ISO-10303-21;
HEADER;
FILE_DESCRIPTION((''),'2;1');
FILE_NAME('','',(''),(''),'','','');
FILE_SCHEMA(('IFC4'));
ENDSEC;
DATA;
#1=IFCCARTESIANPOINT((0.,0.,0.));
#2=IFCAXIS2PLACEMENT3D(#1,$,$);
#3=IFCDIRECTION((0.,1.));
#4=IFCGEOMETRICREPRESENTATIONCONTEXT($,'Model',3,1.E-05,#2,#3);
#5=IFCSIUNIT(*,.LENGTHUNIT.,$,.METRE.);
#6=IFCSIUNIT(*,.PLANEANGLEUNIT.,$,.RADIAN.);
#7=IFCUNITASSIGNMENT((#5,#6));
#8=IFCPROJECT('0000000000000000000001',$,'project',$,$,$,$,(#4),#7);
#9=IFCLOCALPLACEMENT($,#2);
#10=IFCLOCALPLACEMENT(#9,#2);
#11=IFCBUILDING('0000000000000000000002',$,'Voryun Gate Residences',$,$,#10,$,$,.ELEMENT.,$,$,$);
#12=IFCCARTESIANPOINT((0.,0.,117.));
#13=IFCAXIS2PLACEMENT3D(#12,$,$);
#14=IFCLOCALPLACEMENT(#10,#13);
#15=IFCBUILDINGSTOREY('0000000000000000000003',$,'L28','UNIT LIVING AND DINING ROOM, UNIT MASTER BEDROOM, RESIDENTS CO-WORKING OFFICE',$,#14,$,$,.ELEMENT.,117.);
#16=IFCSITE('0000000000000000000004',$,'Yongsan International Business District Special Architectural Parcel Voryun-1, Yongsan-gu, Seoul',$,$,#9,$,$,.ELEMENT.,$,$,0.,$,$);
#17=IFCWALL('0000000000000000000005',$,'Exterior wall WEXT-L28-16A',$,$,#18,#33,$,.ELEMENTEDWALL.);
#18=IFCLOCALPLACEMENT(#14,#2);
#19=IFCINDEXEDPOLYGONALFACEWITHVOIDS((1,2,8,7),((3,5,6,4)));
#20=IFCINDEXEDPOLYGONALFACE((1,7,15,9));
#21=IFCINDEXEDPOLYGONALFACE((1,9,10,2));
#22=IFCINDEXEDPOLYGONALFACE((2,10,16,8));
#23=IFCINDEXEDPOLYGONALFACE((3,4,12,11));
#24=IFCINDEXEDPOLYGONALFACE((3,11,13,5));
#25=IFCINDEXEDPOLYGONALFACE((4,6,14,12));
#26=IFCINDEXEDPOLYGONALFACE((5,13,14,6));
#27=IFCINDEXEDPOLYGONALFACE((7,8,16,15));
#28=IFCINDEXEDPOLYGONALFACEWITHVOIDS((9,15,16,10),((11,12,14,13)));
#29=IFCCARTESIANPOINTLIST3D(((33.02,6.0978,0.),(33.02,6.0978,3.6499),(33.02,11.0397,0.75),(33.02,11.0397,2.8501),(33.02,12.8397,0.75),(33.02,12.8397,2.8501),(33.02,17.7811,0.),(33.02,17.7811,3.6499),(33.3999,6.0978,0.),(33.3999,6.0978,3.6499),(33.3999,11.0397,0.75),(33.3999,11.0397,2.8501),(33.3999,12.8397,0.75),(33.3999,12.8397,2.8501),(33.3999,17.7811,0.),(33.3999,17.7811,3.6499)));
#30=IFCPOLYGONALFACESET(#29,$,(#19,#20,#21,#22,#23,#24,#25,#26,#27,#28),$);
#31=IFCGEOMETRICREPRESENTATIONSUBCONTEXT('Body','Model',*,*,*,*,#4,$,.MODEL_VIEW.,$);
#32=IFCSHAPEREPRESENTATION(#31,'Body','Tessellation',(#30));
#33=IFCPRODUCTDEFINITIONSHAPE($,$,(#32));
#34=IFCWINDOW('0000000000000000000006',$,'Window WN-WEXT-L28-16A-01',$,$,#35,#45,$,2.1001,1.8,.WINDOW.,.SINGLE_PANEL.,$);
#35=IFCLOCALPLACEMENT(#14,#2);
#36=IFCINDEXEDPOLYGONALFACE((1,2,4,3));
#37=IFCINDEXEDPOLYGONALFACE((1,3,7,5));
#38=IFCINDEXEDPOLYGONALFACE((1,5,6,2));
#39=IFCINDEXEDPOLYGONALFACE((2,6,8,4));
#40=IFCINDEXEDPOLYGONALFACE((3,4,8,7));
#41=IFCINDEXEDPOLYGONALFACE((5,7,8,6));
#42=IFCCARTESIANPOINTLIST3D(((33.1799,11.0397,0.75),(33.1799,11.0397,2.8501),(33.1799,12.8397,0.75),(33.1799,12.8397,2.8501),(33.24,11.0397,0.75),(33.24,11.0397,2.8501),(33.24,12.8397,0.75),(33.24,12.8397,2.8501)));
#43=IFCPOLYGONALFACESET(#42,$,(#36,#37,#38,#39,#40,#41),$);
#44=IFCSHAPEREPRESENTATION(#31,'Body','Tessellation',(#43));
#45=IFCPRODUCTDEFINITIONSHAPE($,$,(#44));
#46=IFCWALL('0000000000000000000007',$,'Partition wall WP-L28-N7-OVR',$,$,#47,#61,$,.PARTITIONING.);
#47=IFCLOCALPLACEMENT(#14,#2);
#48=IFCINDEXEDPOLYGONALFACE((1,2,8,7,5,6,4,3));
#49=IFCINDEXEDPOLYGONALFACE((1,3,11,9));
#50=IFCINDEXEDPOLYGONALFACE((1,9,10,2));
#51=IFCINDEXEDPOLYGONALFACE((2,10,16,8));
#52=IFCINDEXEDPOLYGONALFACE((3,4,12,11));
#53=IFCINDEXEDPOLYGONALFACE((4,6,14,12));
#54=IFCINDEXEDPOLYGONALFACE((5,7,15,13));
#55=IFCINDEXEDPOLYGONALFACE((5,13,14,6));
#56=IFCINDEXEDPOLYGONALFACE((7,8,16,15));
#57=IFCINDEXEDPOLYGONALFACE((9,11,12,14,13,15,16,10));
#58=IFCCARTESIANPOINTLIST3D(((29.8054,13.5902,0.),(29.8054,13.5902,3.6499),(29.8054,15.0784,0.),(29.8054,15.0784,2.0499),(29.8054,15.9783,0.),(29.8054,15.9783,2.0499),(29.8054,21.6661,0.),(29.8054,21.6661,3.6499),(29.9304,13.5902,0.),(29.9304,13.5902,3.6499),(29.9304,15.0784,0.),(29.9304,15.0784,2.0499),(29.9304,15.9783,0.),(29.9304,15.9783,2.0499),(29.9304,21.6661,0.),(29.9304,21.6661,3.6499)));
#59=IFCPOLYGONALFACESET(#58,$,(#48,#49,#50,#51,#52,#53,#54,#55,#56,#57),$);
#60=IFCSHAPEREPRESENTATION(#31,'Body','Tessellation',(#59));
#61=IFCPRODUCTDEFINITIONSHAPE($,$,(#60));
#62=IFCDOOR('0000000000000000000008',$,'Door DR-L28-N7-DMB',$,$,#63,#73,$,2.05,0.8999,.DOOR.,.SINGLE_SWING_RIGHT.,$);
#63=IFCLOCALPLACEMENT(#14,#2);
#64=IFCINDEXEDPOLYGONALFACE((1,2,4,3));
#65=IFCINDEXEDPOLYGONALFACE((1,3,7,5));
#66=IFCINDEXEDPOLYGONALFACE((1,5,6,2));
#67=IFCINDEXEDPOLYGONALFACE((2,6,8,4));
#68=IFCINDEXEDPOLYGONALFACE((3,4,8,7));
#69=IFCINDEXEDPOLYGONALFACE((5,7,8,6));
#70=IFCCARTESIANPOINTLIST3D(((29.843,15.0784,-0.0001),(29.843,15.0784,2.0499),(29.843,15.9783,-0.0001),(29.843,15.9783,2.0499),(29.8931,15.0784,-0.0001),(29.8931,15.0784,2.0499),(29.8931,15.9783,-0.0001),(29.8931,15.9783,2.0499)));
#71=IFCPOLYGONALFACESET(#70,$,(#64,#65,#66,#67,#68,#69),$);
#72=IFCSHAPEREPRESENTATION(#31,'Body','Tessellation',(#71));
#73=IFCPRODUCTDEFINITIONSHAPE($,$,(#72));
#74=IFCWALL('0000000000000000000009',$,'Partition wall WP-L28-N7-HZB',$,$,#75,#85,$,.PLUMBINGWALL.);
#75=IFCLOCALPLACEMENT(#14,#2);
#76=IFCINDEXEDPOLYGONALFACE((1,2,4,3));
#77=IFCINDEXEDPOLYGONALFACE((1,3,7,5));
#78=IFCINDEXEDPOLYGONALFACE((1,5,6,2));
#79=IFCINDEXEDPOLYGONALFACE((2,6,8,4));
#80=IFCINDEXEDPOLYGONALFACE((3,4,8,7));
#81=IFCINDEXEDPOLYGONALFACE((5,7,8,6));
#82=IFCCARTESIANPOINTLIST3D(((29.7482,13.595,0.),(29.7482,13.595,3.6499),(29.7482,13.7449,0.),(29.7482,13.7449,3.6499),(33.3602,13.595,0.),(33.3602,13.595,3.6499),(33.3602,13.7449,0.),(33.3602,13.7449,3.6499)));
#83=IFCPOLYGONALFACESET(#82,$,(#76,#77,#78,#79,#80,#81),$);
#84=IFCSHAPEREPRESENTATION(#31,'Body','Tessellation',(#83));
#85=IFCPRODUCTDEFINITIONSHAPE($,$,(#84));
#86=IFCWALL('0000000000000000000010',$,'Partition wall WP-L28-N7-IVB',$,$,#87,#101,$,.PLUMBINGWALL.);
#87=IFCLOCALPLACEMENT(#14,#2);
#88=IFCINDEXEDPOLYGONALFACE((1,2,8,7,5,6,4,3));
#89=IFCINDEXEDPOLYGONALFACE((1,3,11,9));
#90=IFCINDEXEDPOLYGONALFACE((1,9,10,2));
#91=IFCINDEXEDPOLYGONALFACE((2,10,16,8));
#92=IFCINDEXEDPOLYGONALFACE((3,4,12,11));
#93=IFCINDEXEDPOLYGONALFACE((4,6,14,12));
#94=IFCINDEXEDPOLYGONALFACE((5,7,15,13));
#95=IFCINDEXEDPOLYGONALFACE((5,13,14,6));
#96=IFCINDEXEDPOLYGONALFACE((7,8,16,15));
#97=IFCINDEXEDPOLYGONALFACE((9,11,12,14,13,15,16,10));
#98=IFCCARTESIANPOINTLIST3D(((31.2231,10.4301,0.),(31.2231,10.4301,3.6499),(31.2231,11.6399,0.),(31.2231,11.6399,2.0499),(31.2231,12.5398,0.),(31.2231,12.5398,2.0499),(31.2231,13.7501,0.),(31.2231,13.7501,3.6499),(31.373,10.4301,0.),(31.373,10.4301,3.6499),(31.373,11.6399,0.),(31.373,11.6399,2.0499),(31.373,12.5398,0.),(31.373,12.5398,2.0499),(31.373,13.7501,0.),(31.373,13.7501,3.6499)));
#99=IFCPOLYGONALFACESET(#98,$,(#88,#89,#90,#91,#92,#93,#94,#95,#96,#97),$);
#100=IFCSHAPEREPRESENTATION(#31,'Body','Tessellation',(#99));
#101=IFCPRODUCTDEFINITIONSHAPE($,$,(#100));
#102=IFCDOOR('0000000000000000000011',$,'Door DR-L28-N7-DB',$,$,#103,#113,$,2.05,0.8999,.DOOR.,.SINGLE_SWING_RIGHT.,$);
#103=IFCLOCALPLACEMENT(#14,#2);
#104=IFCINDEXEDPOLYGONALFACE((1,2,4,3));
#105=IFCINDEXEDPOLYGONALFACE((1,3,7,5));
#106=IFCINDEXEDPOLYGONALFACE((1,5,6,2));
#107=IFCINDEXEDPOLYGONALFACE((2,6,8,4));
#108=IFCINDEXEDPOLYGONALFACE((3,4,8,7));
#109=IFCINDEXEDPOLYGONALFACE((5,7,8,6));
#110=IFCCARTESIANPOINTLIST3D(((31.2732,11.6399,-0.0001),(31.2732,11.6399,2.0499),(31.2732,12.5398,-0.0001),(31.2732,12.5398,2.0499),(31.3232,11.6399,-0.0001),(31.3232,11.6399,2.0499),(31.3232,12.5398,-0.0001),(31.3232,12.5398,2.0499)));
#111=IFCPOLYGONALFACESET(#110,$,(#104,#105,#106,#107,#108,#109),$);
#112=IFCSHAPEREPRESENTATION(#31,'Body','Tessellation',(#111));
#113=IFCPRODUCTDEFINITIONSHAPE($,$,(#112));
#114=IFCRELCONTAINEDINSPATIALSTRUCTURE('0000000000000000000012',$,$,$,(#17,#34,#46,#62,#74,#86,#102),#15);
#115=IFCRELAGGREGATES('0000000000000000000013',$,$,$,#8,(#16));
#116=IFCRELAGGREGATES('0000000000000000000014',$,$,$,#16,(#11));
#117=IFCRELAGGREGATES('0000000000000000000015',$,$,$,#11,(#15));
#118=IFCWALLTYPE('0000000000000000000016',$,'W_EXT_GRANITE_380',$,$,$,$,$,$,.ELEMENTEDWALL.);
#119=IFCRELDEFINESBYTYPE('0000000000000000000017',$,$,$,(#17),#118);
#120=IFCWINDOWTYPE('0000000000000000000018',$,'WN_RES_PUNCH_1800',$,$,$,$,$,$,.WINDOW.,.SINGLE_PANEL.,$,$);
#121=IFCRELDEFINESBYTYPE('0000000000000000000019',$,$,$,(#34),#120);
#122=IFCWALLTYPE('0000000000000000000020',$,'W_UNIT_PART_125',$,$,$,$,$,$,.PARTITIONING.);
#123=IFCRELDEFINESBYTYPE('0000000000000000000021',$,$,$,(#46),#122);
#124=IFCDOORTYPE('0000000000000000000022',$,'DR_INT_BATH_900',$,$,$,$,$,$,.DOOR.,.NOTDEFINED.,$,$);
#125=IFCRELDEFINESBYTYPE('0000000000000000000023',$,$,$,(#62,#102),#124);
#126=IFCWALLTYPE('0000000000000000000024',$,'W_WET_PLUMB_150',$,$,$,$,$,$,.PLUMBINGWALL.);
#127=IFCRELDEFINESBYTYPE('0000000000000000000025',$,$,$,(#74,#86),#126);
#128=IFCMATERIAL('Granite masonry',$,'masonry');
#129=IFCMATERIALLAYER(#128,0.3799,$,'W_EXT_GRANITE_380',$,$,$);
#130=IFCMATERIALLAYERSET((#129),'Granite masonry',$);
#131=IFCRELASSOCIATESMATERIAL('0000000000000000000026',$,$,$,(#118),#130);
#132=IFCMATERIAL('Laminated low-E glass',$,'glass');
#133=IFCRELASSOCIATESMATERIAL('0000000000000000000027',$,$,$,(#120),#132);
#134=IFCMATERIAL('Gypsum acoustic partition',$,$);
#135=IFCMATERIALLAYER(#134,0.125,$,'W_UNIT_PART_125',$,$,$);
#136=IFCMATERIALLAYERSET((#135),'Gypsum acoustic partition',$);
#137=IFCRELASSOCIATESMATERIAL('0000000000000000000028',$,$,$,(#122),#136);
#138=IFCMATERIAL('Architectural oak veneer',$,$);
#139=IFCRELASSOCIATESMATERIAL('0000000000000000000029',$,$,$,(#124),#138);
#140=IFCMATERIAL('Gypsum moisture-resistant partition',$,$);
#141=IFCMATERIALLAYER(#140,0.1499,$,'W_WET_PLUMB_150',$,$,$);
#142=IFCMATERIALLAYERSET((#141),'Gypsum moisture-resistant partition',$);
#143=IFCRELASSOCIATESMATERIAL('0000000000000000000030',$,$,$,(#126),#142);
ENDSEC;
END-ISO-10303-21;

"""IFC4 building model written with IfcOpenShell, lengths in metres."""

from ifc_helpers import new_model, si_unit, direction, frame, frame_2d, origin, place, context, subcontext, project, spatial, rectangle, extrude, material, layer, layer_set, type_object, element, fill, save


model = new_model("IFC4")

# Units and contexts
model_context = context("Model", 3, precision=1e-05, world=origin(), true_north=direction((0.0, 1.0)))
body_context = subcontext(model_context, "Body", "Model", "MODEL_VIEW")
ifc_project = project(units=[si_unit("LENGTHUNIT", "METRE"), si_unit("PLANEANGLEUNIT", "RADIAN")], contexts=[model_context])

# Site, building, storey
site_placement = place(None, origin())
site = spatial("IfcSite", under=ifc_project, at=site_placement, Name="Yongsan International Business District Special Architectural Parcel Voryun-1, Yongsan-gu, Seoul", CompositionType="ELEMENT", RefElevation=0.0)
building_placement = place(site_placement, origin())
building = spatial("IfcBuilding", under=site, at=building_placement, Name="Voryun Gate Residences", CompositionType="ELEMENT")
storey_placement = place(building_placement, frame((0.0, 0.0, 117.0)))
storey = spatial("IfcBuildingStorey", under=building, at=storey_placement, Name="L28", Description="UNIT LIVING AND DINING ROOM, UNIT MASTER BEDROOM, RESIDENTS CO-WORKING OFFICE", CompositionType="ELEMENT", Elevation=117.0)

# Shared definitions
ifc_material_1 = material(Name="Granite masonry", Category="masonry")
ifc_layer_1 = layer(ifc_material_1, 0.3799, Name="W_EXT_GRANITE_380")
ifc_layer_set_1 = layer_set([ifc_layer_1], Name="Granite masonry")
wall_type_1 = type_object("IfcWallType", Name="W_EXT_GRANITE_380", PredefinedType="ELEMENTEDWALL", material=ifc_layer_set_1)

# Wall, opening, window
wall_1_placement = place(storey_placement, frame((33.21, 17.7812, 0.0), z_axis=(0.0, 0.0, 1.0), x_axis=(0.0, -1.0, 0.0)))
wall_1 = element("IfcWall", 1, at=wall_1_placement, inside=storey, type_object=wall_type_1, Name="Exterior wall WEXT-L28-16A", PredefinedType="ELEMENTEDWALL", context=body_context, shape_type="SweptSolid", body=[
    extrude(rectangle(XDim=11.6833, YDim=0.3799, at=frame_2d((5.8418, 0.0))), origin(), (0.0, 0.0, 1.0), 3.6499),
])
opening_1_placement = place(wall_1_placement, frame((4.9417, 0.0, 0.75)))
opening_1 = element("IfcOpeningElement", 2, at=opening_1_placement, cuts=wall_1, PredefinedType="OPENING", context=body_context, shape_type="SweptSolid", body=[
    extrude(rectangle(XDim=1.8, YDim=2.1001, at=frame_2d((0.8999, 1.05))), frame((0.0, 0.2, 0.0), z_axis=(0.0, -1.0, 0.0), x_axis=(1.0, 0.0, 0.0)), (0.0, 0.0, 1.0), 0.3999),
])
ifc_material_2 = material(Name="Laminated low-E glass", Category="glass")
window_type_1 = type_object("IfcWindowType", Name="WN_RES_PUNCH_1800", PartitioningType="SINGLE_PANEL", PredefinedType="WINDOW", material=ifc_material_2)
window_1_placement = place(opening_1_placement, origin())
window_1 = element("IfcWindow", 3, at=window_1_placement, inside=storey, type_object=window_type_1, Name="Window WN-WEXT-L28-16A-01", OverallHeight=2.1001, OverallWidth=1.8, PartitioningType="SINGLE_PANEL", PredefinedType="WINDOW", context=body_context, shape_type="SweptSolid", body=[
    extrude(rectangle(XDim=1.8, YDim=2.1001, at=frame_2d((0.8999, 1.05))), frame((0.0, 0.03, 0.0), z_axis=(0.0, -1.0, 0.0), x_axis=(1.0, 0.0, 0.0)), (0.0, 0.0, 1.0), 0.0601),
])
fill(opening_1, window_1)

# Wall, opening, door
ifc_material_3 = material(Name="Gypsum acoustic partition")
ifc_layer_2 = layer(ifc_material_3, 0.125, Name="W_UNIT_PART_125")
ifc_layer_set_2 = layer_set([ifc_layer_2], Name="Gypsum acoustic partition")
wall_type_2 = type_object("IfcWallType", Name="W_UNIT_PART_125", PredefinedType="PARTITIONING", material=ifc_layer_set_2)
wall_2_placement = place(storey_placement, frame((29.8679, 13.5901, 0.0), z_axis=(0.0, 0.0, 1.0), x_axis=(0.0, 1.0, 0.0)))
wall_2 = element("IfcWall", 4, at=wall_2_placement, inside=storey, type_object=wall_type_2, Name="Partition wall WP-L28-N7-OVR", PredefinedType="PARTITIONING", context=body_context, shape_type="SweptSolid", body=[
    extrude(rectangle(XDim=8.0759, YDim=0.125, at=frame_2d((4.0381, 0.0))), origin(), (0.0, 0.0, 1.0), 3.6499),
])
opening_2_placement = place(wall_2_placement, frame((1.4883, 0.0, 0.0)))
opening_2 = element("IfcOpeningElement", 5, at=opening_2_placement, cuts=wall_2, PredefinedType="OPENING", context=body_context, shape_type="SweptSolid", body=[
    extrude(rectangle(XDim=0.8999, YDim=2.05, at=frame_2d((0.45, 1.0249))), frame((0.0, 0.0725, 0.0), z_axis=(0.0, -1.0, 0.0), x_axis=(1.0, 0.0, 0.0)), (0.0, 0.0, 1.0), 0.145),
])
ifc_material_4 = material(Name="Architectural oak veneer")
door_type = type_object("IfcDoorType", Name="DR_INT_BATH_900", OperationType="NOTDEFINED", PredefinedType="DOOR", material=ifc_material_4)
door_1_placement = place(opening_2_placement, origin())
door_1 = element("IfcDoor", 6, at=door_1_placement, inside=storey, type_object=door_type, Name="Door DR-L28-N7-DMB", OperationType="SINGLE_SWING_RIGHT", OverallHeight=2.05, OverallWidth=0.8999, PredefinedType="DOOR", context=body_context, shape_type="SweptSolid", body=[
    extrude(rectangle(XDim=0.8999, YDim=2.05, at=frame_2d((0.45, 1.0249))), frame((0.0, 0.0249, 0.0), z_axis=(0.0, -1.0, 0.0), x_axis=(1.0, 0.0, 0.0)), (0.0, 0.0, 1.0), 0.05),
])
fill(opening_2, door_1)

# Wall
ifc_material_5 = material(Name="Gypsum moisture-resistant partition")
ifc_layer_3 = layer(ifc_material_5, 0.1499, Name="W_WET_PLUMB_150")
ifc_layer_set_3 = layer_set([ifc_layer_3], Name="Gypsum moisture-resistant partition")
wall_type_3 = type_object("IfcWallType", Name="W_WET_PLUMB_150", PredefinedType="PLUMBINGWALL", material=ifc_layer_set_3)
wall_3_placement = place(storey_placement, frame((29.748, 13.6699, 0.0), z_axis=(0.0, 0.0, 1.0), x_axis=(1.0, 0.0, 0.0)))
element("IfcWall", 7, at=wall_3_placement, inside=storey, type_object=wall_type_3, Name="Partition wall WP-L28-N7-HZB", PredefinedType="PLUMBINGWALL", context=body_context, shape_type="SweptSolid", body=[
    extrude(rectangle(XDim=3.6121, YDim=0.1499, at=frame_2d((1.8062, 0.0))), origin(), (0.0, 0.0, 1.0), 3.6499),
])

# Wall, opening, door
wall_4_placement = place(storey_placement, frame((31.2981, 10.4299, 0.0), z_axis=(0.0, 0.0, 1.0), x_axis=(0.0, 1.0, 0.0)))
wall_4 = element("IfcWall", 8, at=wall_4_placement, inside=storey, type_object=wall_type_3, Name="Partition wall WP-L28-N7-IVB", PredefinedType="PLUMBINGWALL", context=body_context, shape_type="SweptSolid", body=[
    extrude(rectangle(XDim=3.3201, YDim=0.1499, at=frame_2d((1.6602, 0.0))), origin(), (0.0, 0.0, 1.0), 3.6499),
])
opening_3_placement = place(wall_4_placement, frame((1.21, 0.0, 0.0)))
opening_3 = element("IfcOpeningElement", 9, at=opening_3_placement, cuts=wall_4, PredefinedType="OPENING", context=body_context, shape_type="SweptSolid", body=[
    extrude(rectangle(XDim=0.8999, YDim=2.05, at=frame_2d((0.45, 1.0249))), frame((0.0, 0.085, 0.0), z_axis=(0.0, -1.0, 0.0), x_axis=(1.0, 0.0, 0.0)), (0.0, 0.0, 1.0), 0.1699),
])
door_2_placement = place(opening_3_placement, origin())
door_2 = element("IfcDoor", 10, at=door_2_placement, inside=storey, type_object=door_type, Name="Door DR-L28-N7-DB", OperationType="SINGLE_SWING_RIGHT", OverallHeight=2.05, OverallWidth=0.8999, PredefinedType="DOOR", context=body_context, shape_type="SweptSolid", body=[
    extrude(rectangle(XDim=0.8999, YDim=2.05, at=frame_2d((0.45, 1.0249))), frame((0.0, 0.0249, 0.0), z_axis=(0.0, -1.0, 0.0), x_axis=(1.0, 0.0, 0.0)), (0.0, 0.0, 1.0), 0.05),
])
fill(opening_3, door_2)

save(model, "model.ifc")
